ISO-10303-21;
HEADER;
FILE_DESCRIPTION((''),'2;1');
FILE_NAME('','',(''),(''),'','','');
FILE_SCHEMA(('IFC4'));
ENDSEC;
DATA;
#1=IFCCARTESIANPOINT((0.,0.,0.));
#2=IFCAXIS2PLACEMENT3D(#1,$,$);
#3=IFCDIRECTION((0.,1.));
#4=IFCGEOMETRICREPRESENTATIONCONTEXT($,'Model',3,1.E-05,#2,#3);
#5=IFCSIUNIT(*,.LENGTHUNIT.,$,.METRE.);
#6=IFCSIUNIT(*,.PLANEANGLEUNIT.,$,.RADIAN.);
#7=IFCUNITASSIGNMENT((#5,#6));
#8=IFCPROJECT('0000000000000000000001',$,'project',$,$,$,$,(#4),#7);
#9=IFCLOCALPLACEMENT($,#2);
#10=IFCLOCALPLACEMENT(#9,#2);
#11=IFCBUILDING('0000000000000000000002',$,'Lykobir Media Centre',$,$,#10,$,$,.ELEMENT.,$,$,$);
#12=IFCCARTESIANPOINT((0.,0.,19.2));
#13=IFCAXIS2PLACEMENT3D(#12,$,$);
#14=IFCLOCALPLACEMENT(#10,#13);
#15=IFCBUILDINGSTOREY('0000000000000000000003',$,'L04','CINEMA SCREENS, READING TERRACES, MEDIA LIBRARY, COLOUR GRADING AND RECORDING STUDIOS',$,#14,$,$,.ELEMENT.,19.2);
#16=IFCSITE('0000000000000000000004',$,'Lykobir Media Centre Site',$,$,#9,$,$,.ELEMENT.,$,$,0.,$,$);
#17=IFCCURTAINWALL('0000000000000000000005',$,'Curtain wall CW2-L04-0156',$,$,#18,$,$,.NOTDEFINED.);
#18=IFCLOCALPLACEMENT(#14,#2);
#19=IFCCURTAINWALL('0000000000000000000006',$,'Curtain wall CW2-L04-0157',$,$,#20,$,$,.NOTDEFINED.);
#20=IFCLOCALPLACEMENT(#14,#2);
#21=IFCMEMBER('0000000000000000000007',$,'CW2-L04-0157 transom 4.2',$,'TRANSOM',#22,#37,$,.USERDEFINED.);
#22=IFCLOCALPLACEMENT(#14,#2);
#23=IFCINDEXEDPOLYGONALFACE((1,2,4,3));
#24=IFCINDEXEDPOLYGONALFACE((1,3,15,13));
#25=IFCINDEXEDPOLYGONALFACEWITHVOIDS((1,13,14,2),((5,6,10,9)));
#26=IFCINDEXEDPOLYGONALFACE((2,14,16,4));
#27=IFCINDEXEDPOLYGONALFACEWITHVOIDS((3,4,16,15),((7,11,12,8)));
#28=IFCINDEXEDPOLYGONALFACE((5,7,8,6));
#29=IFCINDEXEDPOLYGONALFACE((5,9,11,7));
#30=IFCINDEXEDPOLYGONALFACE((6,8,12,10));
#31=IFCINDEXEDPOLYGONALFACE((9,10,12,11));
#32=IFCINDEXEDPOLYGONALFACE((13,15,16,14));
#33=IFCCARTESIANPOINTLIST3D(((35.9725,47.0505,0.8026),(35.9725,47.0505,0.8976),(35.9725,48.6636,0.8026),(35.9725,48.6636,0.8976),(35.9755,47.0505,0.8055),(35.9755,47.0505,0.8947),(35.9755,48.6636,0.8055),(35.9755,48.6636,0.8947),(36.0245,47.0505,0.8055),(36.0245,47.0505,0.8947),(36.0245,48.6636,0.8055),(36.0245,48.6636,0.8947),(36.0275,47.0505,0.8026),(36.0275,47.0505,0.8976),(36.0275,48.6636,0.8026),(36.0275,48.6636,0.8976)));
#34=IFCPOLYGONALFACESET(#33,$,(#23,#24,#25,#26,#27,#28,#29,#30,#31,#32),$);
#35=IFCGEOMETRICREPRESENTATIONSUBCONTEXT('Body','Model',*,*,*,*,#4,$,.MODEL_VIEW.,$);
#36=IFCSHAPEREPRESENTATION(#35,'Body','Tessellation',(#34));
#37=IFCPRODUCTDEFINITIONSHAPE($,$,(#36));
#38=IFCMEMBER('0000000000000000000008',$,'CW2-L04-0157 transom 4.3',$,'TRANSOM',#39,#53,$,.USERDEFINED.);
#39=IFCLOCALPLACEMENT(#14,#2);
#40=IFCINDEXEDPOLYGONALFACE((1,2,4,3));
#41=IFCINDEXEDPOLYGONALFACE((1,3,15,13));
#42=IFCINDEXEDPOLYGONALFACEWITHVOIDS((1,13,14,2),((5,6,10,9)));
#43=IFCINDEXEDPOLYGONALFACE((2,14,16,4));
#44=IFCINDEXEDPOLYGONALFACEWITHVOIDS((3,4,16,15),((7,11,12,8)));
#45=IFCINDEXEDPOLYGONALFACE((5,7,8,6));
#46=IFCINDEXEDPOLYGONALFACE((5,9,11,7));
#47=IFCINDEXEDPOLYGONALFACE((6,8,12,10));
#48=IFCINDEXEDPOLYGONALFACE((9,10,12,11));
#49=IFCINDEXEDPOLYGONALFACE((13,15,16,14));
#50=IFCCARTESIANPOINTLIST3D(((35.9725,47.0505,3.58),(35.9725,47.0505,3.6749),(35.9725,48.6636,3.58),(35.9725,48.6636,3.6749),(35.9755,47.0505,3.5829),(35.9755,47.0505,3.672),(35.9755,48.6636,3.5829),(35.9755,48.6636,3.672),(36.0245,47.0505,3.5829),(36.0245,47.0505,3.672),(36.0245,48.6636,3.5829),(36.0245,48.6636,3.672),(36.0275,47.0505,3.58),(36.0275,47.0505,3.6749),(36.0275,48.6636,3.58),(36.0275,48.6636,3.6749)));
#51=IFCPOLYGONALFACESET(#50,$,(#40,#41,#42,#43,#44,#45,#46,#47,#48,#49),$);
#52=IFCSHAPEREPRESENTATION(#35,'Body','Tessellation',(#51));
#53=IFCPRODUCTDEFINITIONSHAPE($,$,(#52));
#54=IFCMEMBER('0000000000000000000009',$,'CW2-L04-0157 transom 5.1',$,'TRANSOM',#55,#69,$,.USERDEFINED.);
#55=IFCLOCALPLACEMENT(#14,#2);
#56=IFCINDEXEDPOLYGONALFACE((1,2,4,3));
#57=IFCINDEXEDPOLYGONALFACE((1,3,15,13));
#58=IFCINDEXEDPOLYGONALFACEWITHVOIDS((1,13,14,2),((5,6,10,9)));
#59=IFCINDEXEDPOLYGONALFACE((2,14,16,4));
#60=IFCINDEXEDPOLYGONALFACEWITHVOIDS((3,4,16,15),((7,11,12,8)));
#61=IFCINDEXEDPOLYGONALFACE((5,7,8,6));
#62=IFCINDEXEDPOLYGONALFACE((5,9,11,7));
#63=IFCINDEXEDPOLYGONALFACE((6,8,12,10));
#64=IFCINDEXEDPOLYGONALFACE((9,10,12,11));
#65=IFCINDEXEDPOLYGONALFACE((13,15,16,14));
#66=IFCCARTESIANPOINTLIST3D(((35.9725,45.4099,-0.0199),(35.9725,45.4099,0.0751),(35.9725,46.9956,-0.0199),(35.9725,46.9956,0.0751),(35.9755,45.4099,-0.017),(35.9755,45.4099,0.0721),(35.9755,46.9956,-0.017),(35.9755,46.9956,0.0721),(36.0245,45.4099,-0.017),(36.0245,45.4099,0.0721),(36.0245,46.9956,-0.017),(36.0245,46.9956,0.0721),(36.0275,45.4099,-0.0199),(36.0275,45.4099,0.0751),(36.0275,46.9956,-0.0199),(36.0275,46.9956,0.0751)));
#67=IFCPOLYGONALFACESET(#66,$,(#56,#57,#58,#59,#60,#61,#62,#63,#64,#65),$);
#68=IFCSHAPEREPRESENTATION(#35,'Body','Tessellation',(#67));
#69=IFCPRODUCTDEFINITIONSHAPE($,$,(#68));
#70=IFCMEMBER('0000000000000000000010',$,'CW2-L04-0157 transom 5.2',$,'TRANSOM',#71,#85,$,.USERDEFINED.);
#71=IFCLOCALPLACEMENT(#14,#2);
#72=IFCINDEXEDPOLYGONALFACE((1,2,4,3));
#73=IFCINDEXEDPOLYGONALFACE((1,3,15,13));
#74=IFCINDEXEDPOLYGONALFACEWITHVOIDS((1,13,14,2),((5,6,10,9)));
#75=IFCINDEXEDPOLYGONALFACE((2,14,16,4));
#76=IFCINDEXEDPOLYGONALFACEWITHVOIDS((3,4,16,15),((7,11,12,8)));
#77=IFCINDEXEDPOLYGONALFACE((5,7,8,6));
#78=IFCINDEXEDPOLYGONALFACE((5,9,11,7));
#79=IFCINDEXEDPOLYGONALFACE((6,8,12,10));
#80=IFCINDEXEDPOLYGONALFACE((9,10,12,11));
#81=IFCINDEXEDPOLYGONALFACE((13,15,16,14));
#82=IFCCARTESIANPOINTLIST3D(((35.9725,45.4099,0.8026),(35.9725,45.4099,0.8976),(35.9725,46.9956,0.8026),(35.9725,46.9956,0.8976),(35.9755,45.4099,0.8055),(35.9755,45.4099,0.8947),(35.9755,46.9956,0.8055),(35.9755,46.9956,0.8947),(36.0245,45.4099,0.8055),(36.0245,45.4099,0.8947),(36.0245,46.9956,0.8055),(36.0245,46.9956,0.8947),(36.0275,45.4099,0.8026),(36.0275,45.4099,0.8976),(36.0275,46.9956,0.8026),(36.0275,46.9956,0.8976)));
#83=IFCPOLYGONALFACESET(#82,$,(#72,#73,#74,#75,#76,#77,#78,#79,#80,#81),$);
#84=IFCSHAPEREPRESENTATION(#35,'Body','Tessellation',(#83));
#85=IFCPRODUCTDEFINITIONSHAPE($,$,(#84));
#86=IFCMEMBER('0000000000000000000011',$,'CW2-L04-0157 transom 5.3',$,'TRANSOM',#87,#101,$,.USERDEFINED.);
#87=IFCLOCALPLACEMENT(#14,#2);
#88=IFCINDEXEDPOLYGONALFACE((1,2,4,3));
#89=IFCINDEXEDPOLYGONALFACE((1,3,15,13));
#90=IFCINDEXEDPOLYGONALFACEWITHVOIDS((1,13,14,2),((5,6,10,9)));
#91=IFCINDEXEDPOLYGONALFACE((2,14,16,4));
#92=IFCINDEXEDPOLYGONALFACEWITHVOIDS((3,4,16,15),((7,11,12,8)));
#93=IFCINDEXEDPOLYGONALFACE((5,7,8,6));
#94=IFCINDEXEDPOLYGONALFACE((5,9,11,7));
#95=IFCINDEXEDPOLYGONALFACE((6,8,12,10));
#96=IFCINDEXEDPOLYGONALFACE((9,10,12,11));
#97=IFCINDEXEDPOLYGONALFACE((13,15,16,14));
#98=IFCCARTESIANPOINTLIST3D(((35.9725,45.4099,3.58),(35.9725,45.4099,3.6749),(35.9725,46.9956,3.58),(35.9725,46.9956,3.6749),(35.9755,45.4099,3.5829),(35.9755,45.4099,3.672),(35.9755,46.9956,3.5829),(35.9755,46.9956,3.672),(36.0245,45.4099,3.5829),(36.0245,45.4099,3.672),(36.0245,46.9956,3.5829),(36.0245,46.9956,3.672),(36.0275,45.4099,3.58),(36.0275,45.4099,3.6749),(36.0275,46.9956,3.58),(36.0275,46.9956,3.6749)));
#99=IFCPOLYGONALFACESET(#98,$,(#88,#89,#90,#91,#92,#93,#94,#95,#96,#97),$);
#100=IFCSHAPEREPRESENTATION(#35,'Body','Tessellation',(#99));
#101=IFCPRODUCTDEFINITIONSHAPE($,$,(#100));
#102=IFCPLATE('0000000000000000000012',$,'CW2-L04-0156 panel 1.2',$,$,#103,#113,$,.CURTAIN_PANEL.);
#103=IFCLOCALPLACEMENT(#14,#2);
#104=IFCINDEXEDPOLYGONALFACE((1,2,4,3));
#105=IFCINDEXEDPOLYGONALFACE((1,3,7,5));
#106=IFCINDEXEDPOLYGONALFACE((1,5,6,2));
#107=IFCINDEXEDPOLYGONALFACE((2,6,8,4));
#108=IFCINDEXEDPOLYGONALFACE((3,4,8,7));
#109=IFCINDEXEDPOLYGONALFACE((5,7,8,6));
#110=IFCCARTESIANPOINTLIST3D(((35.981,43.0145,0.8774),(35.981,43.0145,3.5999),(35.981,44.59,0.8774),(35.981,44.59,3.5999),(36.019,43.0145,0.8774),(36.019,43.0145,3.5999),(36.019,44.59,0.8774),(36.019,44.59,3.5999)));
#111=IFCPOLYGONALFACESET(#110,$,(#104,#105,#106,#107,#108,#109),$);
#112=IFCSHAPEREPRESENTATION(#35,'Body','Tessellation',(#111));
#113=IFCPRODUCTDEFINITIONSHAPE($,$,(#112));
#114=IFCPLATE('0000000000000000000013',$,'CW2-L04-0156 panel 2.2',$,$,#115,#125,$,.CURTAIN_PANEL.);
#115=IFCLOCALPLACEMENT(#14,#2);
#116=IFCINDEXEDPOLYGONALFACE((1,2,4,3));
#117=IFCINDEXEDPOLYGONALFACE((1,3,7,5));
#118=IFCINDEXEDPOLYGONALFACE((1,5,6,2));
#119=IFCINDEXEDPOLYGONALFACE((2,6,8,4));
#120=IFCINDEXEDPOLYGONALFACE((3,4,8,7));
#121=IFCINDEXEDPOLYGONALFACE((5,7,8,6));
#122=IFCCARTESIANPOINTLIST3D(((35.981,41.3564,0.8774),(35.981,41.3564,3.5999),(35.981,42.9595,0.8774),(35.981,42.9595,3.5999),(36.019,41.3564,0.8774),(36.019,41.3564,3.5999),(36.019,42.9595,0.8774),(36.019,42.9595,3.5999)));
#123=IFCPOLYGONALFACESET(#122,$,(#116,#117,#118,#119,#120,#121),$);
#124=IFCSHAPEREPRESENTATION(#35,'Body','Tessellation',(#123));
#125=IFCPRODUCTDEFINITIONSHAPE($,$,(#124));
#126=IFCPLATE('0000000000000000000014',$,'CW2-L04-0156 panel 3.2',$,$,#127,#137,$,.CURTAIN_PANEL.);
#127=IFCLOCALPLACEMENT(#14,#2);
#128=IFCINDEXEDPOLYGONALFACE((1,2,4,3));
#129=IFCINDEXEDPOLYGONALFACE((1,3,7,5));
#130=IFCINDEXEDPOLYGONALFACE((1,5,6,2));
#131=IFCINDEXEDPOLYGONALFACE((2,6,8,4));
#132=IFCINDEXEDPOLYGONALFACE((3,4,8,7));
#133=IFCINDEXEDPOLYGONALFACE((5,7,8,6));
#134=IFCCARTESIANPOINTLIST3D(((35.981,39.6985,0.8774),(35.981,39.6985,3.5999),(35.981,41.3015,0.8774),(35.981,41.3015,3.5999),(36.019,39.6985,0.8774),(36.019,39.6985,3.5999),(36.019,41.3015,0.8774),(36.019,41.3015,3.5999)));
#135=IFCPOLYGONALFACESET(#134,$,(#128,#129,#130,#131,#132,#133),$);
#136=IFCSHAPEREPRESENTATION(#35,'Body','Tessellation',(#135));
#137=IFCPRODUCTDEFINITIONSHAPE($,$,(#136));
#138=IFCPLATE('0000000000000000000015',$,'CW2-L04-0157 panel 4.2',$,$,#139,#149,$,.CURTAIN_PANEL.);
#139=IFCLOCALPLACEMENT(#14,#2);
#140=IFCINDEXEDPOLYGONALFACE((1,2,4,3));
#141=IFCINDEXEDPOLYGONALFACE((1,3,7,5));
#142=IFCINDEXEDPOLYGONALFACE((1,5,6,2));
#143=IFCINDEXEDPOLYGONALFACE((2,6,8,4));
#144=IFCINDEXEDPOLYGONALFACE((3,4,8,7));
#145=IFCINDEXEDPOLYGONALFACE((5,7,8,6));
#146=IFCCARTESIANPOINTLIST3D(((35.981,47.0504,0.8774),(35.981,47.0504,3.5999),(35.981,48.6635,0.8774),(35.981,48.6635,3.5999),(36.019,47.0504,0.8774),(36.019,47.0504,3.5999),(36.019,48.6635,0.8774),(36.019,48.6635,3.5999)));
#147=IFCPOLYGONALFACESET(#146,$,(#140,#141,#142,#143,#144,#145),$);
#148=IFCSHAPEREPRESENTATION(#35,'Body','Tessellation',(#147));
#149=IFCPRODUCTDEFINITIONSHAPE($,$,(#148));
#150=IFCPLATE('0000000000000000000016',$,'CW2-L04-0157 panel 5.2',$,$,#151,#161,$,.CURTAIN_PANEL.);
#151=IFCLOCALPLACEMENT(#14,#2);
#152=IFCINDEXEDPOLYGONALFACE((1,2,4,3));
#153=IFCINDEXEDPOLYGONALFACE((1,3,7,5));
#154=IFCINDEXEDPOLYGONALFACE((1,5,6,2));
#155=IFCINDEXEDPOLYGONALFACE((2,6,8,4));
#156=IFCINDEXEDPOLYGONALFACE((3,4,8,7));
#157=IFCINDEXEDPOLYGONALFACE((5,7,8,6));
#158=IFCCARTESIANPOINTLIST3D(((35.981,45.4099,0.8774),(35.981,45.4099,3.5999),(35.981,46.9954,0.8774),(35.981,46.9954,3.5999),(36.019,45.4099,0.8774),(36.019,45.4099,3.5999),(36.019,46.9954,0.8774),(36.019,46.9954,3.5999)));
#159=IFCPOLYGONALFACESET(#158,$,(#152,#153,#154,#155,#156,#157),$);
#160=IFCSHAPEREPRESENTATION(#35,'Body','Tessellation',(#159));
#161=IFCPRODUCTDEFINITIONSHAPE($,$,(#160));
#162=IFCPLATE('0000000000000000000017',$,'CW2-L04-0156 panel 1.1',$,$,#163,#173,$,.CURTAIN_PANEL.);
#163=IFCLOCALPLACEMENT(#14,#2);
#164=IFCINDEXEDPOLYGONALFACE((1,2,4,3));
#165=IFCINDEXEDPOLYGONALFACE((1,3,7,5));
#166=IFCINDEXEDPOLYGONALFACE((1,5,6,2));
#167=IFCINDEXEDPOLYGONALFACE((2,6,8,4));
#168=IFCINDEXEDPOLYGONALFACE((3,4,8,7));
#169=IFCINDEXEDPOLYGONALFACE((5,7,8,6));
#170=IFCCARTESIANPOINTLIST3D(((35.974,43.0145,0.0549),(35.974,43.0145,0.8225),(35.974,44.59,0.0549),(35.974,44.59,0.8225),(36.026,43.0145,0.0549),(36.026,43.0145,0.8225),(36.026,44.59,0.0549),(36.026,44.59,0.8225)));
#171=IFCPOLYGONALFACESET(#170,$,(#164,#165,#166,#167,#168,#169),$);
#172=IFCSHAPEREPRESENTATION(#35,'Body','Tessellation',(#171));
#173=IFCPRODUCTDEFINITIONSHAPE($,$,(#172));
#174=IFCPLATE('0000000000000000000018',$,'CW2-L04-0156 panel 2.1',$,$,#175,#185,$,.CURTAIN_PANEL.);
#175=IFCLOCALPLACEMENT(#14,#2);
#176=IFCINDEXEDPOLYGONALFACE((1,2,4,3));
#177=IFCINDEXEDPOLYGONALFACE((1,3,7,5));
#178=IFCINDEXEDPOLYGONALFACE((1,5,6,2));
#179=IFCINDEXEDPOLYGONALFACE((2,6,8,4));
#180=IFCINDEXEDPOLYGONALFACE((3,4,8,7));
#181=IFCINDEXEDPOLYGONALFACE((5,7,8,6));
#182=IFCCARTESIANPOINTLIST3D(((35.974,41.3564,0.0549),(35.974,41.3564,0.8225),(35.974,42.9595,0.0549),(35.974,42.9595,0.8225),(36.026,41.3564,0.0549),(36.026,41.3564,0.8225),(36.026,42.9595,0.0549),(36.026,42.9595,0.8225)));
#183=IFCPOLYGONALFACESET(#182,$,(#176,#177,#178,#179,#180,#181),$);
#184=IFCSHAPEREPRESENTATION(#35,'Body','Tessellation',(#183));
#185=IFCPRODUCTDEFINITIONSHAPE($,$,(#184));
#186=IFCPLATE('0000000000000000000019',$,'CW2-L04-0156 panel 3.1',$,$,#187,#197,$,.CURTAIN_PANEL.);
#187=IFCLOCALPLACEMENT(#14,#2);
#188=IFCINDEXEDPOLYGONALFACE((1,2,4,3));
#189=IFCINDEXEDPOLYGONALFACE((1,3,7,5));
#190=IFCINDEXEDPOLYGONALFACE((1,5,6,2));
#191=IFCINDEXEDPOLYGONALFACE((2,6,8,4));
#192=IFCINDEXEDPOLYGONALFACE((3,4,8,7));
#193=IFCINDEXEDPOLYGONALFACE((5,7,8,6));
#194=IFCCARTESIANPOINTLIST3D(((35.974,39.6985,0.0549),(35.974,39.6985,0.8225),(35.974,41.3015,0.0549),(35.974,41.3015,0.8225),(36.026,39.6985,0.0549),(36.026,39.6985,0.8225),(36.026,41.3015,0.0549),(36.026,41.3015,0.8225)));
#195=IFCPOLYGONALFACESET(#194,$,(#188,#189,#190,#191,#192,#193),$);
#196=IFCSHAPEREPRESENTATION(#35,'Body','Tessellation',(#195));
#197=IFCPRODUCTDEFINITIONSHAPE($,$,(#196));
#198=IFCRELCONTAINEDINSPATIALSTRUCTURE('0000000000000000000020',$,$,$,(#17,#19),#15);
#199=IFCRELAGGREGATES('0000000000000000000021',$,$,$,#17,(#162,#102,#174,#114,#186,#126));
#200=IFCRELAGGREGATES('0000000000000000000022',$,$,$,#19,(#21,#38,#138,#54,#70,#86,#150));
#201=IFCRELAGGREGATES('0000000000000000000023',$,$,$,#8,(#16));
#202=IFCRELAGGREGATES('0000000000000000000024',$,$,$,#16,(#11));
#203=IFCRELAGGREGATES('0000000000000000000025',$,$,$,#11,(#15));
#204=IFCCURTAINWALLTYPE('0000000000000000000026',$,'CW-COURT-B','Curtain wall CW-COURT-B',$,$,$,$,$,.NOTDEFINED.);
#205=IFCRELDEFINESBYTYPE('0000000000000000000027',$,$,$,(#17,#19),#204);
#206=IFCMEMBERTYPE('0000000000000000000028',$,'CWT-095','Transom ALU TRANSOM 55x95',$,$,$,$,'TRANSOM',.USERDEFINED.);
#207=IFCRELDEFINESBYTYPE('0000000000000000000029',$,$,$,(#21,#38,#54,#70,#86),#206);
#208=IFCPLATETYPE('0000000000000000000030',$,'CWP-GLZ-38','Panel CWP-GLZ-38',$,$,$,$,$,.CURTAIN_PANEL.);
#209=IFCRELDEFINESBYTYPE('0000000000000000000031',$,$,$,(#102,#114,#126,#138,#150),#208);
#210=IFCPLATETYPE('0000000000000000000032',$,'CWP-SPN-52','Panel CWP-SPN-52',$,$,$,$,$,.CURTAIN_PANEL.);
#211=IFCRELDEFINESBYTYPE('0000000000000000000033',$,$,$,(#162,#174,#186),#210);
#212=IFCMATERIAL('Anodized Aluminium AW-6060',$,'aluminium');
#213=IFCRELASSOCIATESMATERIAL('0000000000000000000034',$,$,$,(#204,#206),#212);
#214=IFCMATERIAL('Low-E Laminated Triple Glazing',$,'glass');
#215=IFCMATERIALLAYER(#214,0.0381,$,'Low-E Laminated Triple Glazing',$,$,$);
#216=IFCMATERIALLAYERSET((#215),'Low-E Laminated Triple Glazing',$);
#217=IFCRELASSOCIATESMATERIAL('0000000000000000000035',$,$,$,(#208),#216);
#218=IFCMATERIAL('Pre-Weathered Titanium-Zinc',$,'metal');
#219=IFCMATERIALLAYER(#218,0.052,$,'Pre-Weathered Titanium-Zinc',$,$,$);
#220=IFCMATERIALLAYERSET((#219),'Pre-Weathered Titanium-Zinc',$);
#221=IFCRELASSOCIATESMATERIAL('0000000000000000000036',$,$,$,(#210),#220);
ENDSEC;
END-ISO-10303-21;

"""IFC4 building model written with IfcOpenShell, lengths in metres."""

from ifc_helpers import new_model, si_unit, direction, frame, origin, origin_2d, place, context, subcontext, project, spatial, rectangle, hollow_rectangle, extrude, material, layer, layer_set, material_profile, profile_set, type_object, element, aggregate, save


model = new_model("IFC4")

# Units and contexts
model_context = context("Model", 3, precision=1e-05, world=origin(), true_north=direction((0.0, 1.0)))
body_context = subcontext(model_context, "Body", "Model", "MODEL_VIEW")
ifc_project = project(units=[si_unit("LENGTHUNIT", "METRE"), si_unit("PLANEANGLEUNIT", "RADIAN")], contexts=[model_context])

# Site, building, storey
site_placement = place(None, origin())
site = spatial("IfcSite", under=ifc_project, at=site_placement, Name="Lykobir Media Centre Site", CompositionType="ELEMENT", RefElevation=0.0)
building_placement = place(site_placement, origin())
building = spatial("IfcBuilding", under=site, at=building_placement, Name="Lykobir Media Centre", CompositionType="ELEMENT")
storey_placement = place(building_placement, frame((0.0, 0.0, 19.2)))
storey = spatial("IfcBuildingStorey", under=building, at=storey_placement, Name="L04", Description="CINEMA SCREENS, READING TERRACES, MEDIA LIBRARY, COLOUR GRADING AND RECORDING STUDIOS", CompositionType="ELEMENT", Elevation=19.2)

# Curtain walls
ifc_material_1 = material(Name="Anodized Aluminium AW-6060", Category="aluminium")
curtain_wall_type = type_object("IfcCurtainWallType", Name="CW-COURT-B", Description="Curtain wall CW-COURT-B", PredefinedType="NOTDEFINED", material=ifc_material_1)
curtain_wall_1_placement = place(storey_placement, origin())
curtain_wall_1 = element("IfcCurtainWall", 1, at=curtain_wall_1_placement, inside=storey, type_object=curtain_wall_type, Name="Curtain wall CW2-L04-0156", PredefinedType="NOTDEFINED")
curtain_wall_2_placement = place(storey_placement, origin())
curtain_wall_2 = element("IfcCurtainWall", 2, at=curtain_wall_2_placement, inside=storey, type_object=curtain_wall_type, Name="Curtain wall CW2-L04-0157", PredefinedType="NOTDEFINED")

# Members
ifc_material_profile_1 = material_profile(ifc_material_1, hollow_rectangle(XDim=0.0549, YDim=0.095, WallThickness=0.0029, at=origin_2d()), Name="ALU TRANSOM 55x95")
ifc_profile_set_1 = profile_set([ifc_material_profile_1], Name="Anodized Aluminium AW-6060")
member_type_1 = type_object("IfcMemberType", Name="CWT-095", Description="Transom ALU TRANSOM 55x95", ElementType="TRANSOM", PredefinedType="USERDEFINED", material=ifc_profile_set_1)
member_1_placement = place(storey_placement, frame((36.0, 48.6636, 0.8501), z_axis=(0.0, -1.0, 0.0), x_axis=(1.0, 0.0, 0.0)))
member_1 = element("IfcMember", 3, at=member_1_placement, type_object=member_type_1, Name="CW2-L04-0157 transom 4.2", ObjectType="TRANSOM", PredefinedType="USERDEFINED", context=body_context, shape_type="SweptSolid", body=[
    extrude(hollow_rectangle(XDim=0.0549, YDim=0.095, WallThickness=0.0029, at=origin_2d()), origin(), (0.0, 0.0, 1.0), 1.613),
])
member_2_placement = place(storey_placement, frame((36.0, 48.6636, 3.6274), z_axis=(0.0, -1.0, 0.0), x_axis=(1.0, 0.0, 0.0)))
member_2 = element("IfcMember", 4, at=member_2_placement, type_object=member_type_1, Name="CW2-L04-0157 transom 4.3", ObjectType="TRANSOM", PredefinedType="USERDEFINED", context=body_context, shape_type="SweptSolid", body=[
    extrude(hollow_rectangle(XDim=0.0549, YDim=0.095, WallThickness=0.0029, at=origin_2d()), origin(), (0.0, 0.0, 1.0), 1.613),
])
member_3_placement = place(storey_placement, frame((36.0, 46.9956, 0.0276), z_axis=(0.0, -1.0, 0.0), x_axis=(1.0, 0.0, 0.0)))
member_3 = element("IfcMember", 5, at=member_3_placement, type_object=member_type_1, Name="CW2-L04-0157 transom 5.1", ObjectType="TRANSOM", PredefinedType="USERDEFINED", context=body_context, shape_type="SweptSolid", body=[
    extrude(hollow_rectangle(XDim=0.0549, YDim=0.095, WallThickness=0.0029, at=origin_2d()), origin(), (0.0, 0.0, 1.0), 1.5857),
])
member_4_placement = place(storey_placement, frame((36.0, 46.9956, 0.8501), z_axis=(0.0, -1.0, 0.0), x_axis=(1.0, 0.0, 0.0)))
member_4 = element("IfcMember", 6, at=member_4_placement, type_object=member_type_1, Name="CW2-L04-0157 transom 5.2", ObjectType="TRANSOM", PredefinedType="USERDEFINED", context=body_context, shape_type="SweptSolid", body=[
    extrude(hollow_rectangle(XDim=0.0549, YDim=0.095, WallThickness=0.0029, at=origin_2d()), origin(), (0.0, 0.0, 1.0), 1.5857),
])
member_5_placement = place(storey_placement, frame((36.0, 46.9956, 3.6274), z_axis=(0.0, -1.0, 0.0), x_axis=(1.0, 0.0, 0.0)))
member_5 = element("IfcMember", 7, at=member_5_placement, type_object=member_type_1, Name="CW2-L04-0157 transom 5.3", ObjectType="TRANSOM", PredefinedType="USERDEFINED", context=body_context, shape_type="SweptSolid", body=[
    extrude(hollow_rectangle(XDim=0.0549, YDim=0.095, WallThickness=0.0029, at=origin_2d()), origin(), (0.0, 0.0, 1.0), 1.5857),
])

# Plates
ifc_material_2 = material(Name="Low-E Laminated Triple Glazing", Category="glass")
ifc_layer_1 = layer(ifc_material_2, 0.0381, Name="Low-E Laminated Triple Glazing")
ifc_layer_set_1 = layer_set([ifc_layer_1], Name="Low-E Laminated Triple Glazing")
plate_type_1 = type_object("IfcPlateType", Name="CWP-GLZ-38", Description="Panel CWP-GLZ-38", PredefinedType="CURTAIN_PANEL", material=ifc_layer_set_1)
plate_1_placement = place(storey_placement, frame((36.0, 43.8022, 0.8774), z_axis=(0.0, 0.0, 1.0), x_axis=(0.0, -1.0, 0.0)))
plate_1 = element("IfcPlate", 8, at=plate_1_placement, type_object=plate_type_1, Name="CW2-L04-0156 panel 1.2", PredefinedType="CURTAIN_PANEL", context=body_context, shape_type="SweptSolid", body=[
    extrude(rectangle(XDim=1.5754, YDim=0.0381, at=origin_2d()), origin(), (0.0, 0.0, 1.0), 2.7224),
])
plate_2_placement = place(storey_placement, frame((36.0, 42.158, 0.8774), z_axis=(0.0, 0.0, 1.0), x_axis=(0.0, -1.0, 0.0)))
plate_2 = element("IfcPlate", 9, at=plate_2_placement, type_object=plate_type_1, Name="CW2-L04-0156 panel 2.2", PredefinedType="CURTAIN_PANEL", context=body_context, shape_type="SweptSolid", body=[
    extrude(rectangle(XDim=1.603, YDim=0.0381, at=origin_2d()), origin(), (0.0, 0.0, 1.0), 2.7224),
])
plate_3_placement = place(storey_placement, frame((36.0, 40.5, 0.8774), z_axis=(0.0, 0.0, 1.0), x_axis=(0.0, -1.0, 0.0)))
plate_3 = element("IfcPlate", 10, at=plate_3_placement, type_object=plate_type_1, Name="CW2-L04-0156 panel 3.2", PredefinedType="CURTAIN_PANEL", context=body_context, shape_type="SweptSolid", body=[
    extrude(rectangle(XDim=1.603, YDim=0.0381, at=origin_2d()), origin(), (0.0, 0.0, 1.0), 2.7224),
])
plate_4_placement = place(storey_placement, frame((36.0, 47.8569, 0.8774), z_axis=(0.0, 0.0, 1.0), x_axis=(0.0, -1.0, 0.0)))
plate_4 = element("IfcPlate", 11, at=plate_4_placement, type_object=plate_type_1, Name="CW2-L04-0157 panel 4.2", PredefinedType="CURTAIN_PANEL", context=body_context, shape_type="SweptSolid", body=[
    extrude(rectangle(XDim=1.613, YDim=0.0381, at=origin_2d()), origin(), (0.0, 0.0, 1.0), 2.7224),
])
plate_5_placement = place(storey_placement, frame((36.0, 46.2026, 0.8774), z_axis=(0.0, 0.0, 1.0), x_axis=(0.0, -1.0, 0.0)))
plate_5 = element("IfcPlate", 12, at=plate_5_placement, type_object=plate_type_1, Name="CW2-L04-0157 panel 5.2", PredefinedType="CURTAIN_PANEL", context=body_context, shape_type="SweptSolid", body=[
    extrude(rectangle(XDim=1.5854, YDim=0.0381, at=origin_2d()), origin(), (0.0, 0.0, 1.0), 2.7224),
])
ifc_material_3 = material(Name="Pre-Weathered Titanium-Zinc", Category="metal")
ifc_layer_2 = layer(ifc_material_3, 0.052, Name="Pre-Weathered Titanium-Zinc")
ifc_layer_set_2 = layer_set([ifc_layer_2], Name="Pre-Weathered Titanium-Zinc")
plate_type_2 = type_object("IfcPlateType", Name="CWP-SPN-52", Description="Panel CWP-SPN-52", PredefinedType="CURTAIN_PANEL", material=ifc_layer_set_2)
plate_6_placement = place(storey_placement, frame((36.0, 43.8022, 0.0549), z_axis=(0.0, 0.0, 1.0), x_axis=(0.0, -1.0, 0.0)))
plate_6 = element("IfcPlate", 13, at=plate_6_placement, type_object=plate_type_2, Name="CW2-L04-0156 panel 1.1", PredefinedType="CURTAIN_PANEL", context=body_context, shape_type="SweptSolid", body=[
    extrude(rectangle(XDim=1.5754, YDim=0.052, at=origin_2d()), origin(), (0.0, 0.0, 1.0), 0.7676),
])
plate_7_placement = place(storey_placement, frame((36.0, 42.158, 0.0549), z_axis=(0.0, 0.0, 1.0), x_axis=(0.0, -1.0, 0.0)))
plate_7 = element("IfcPlate", 14, at=plate_7_placement, type_object=plate_type_2, Name="CW2-L04-0156 panel 2.1", PredefinedType="CURTAIN_PANEL", context=body_context, shape_type="SweptSolid", body=[
    extrude(rectangle(XDim=1.603, YDim=0.052, at=origin_2d()), origin(), (0.0, 0.0, 1.0), 0.7676),
])
plate_8_placement = place(storey_placement, frame((36.0, 40.5, 0.0549), z_axis=(0.0, 0.0, 1.0), x_axis=(0.0, -1.0, 0.0)))
plate_8 = element("IfcPlate", 15, at=plate_8_placement, type_object=plate_type_2, Name="CW2-L04-0156 panel 3.1", PredefinedType="CURTAIN_PANEL", context=body_context, shape_type="SweptSolid", body=[
    extrude(rectangle(XDim=1.603, YDim=0.052, at=origin_2d()), origin(), (0.0, 0.0, 1.0), 0.7676),
])
aggregate(curtain_wall_1, [plate_6, plate_1, plate_7, plate_2, plate_8, plate_3])
aggregate(curtain_wall_2, [member_1, member_2, plate_4, member_3, member_4, member_5, plate_5])

save(model, "model.ifc")
